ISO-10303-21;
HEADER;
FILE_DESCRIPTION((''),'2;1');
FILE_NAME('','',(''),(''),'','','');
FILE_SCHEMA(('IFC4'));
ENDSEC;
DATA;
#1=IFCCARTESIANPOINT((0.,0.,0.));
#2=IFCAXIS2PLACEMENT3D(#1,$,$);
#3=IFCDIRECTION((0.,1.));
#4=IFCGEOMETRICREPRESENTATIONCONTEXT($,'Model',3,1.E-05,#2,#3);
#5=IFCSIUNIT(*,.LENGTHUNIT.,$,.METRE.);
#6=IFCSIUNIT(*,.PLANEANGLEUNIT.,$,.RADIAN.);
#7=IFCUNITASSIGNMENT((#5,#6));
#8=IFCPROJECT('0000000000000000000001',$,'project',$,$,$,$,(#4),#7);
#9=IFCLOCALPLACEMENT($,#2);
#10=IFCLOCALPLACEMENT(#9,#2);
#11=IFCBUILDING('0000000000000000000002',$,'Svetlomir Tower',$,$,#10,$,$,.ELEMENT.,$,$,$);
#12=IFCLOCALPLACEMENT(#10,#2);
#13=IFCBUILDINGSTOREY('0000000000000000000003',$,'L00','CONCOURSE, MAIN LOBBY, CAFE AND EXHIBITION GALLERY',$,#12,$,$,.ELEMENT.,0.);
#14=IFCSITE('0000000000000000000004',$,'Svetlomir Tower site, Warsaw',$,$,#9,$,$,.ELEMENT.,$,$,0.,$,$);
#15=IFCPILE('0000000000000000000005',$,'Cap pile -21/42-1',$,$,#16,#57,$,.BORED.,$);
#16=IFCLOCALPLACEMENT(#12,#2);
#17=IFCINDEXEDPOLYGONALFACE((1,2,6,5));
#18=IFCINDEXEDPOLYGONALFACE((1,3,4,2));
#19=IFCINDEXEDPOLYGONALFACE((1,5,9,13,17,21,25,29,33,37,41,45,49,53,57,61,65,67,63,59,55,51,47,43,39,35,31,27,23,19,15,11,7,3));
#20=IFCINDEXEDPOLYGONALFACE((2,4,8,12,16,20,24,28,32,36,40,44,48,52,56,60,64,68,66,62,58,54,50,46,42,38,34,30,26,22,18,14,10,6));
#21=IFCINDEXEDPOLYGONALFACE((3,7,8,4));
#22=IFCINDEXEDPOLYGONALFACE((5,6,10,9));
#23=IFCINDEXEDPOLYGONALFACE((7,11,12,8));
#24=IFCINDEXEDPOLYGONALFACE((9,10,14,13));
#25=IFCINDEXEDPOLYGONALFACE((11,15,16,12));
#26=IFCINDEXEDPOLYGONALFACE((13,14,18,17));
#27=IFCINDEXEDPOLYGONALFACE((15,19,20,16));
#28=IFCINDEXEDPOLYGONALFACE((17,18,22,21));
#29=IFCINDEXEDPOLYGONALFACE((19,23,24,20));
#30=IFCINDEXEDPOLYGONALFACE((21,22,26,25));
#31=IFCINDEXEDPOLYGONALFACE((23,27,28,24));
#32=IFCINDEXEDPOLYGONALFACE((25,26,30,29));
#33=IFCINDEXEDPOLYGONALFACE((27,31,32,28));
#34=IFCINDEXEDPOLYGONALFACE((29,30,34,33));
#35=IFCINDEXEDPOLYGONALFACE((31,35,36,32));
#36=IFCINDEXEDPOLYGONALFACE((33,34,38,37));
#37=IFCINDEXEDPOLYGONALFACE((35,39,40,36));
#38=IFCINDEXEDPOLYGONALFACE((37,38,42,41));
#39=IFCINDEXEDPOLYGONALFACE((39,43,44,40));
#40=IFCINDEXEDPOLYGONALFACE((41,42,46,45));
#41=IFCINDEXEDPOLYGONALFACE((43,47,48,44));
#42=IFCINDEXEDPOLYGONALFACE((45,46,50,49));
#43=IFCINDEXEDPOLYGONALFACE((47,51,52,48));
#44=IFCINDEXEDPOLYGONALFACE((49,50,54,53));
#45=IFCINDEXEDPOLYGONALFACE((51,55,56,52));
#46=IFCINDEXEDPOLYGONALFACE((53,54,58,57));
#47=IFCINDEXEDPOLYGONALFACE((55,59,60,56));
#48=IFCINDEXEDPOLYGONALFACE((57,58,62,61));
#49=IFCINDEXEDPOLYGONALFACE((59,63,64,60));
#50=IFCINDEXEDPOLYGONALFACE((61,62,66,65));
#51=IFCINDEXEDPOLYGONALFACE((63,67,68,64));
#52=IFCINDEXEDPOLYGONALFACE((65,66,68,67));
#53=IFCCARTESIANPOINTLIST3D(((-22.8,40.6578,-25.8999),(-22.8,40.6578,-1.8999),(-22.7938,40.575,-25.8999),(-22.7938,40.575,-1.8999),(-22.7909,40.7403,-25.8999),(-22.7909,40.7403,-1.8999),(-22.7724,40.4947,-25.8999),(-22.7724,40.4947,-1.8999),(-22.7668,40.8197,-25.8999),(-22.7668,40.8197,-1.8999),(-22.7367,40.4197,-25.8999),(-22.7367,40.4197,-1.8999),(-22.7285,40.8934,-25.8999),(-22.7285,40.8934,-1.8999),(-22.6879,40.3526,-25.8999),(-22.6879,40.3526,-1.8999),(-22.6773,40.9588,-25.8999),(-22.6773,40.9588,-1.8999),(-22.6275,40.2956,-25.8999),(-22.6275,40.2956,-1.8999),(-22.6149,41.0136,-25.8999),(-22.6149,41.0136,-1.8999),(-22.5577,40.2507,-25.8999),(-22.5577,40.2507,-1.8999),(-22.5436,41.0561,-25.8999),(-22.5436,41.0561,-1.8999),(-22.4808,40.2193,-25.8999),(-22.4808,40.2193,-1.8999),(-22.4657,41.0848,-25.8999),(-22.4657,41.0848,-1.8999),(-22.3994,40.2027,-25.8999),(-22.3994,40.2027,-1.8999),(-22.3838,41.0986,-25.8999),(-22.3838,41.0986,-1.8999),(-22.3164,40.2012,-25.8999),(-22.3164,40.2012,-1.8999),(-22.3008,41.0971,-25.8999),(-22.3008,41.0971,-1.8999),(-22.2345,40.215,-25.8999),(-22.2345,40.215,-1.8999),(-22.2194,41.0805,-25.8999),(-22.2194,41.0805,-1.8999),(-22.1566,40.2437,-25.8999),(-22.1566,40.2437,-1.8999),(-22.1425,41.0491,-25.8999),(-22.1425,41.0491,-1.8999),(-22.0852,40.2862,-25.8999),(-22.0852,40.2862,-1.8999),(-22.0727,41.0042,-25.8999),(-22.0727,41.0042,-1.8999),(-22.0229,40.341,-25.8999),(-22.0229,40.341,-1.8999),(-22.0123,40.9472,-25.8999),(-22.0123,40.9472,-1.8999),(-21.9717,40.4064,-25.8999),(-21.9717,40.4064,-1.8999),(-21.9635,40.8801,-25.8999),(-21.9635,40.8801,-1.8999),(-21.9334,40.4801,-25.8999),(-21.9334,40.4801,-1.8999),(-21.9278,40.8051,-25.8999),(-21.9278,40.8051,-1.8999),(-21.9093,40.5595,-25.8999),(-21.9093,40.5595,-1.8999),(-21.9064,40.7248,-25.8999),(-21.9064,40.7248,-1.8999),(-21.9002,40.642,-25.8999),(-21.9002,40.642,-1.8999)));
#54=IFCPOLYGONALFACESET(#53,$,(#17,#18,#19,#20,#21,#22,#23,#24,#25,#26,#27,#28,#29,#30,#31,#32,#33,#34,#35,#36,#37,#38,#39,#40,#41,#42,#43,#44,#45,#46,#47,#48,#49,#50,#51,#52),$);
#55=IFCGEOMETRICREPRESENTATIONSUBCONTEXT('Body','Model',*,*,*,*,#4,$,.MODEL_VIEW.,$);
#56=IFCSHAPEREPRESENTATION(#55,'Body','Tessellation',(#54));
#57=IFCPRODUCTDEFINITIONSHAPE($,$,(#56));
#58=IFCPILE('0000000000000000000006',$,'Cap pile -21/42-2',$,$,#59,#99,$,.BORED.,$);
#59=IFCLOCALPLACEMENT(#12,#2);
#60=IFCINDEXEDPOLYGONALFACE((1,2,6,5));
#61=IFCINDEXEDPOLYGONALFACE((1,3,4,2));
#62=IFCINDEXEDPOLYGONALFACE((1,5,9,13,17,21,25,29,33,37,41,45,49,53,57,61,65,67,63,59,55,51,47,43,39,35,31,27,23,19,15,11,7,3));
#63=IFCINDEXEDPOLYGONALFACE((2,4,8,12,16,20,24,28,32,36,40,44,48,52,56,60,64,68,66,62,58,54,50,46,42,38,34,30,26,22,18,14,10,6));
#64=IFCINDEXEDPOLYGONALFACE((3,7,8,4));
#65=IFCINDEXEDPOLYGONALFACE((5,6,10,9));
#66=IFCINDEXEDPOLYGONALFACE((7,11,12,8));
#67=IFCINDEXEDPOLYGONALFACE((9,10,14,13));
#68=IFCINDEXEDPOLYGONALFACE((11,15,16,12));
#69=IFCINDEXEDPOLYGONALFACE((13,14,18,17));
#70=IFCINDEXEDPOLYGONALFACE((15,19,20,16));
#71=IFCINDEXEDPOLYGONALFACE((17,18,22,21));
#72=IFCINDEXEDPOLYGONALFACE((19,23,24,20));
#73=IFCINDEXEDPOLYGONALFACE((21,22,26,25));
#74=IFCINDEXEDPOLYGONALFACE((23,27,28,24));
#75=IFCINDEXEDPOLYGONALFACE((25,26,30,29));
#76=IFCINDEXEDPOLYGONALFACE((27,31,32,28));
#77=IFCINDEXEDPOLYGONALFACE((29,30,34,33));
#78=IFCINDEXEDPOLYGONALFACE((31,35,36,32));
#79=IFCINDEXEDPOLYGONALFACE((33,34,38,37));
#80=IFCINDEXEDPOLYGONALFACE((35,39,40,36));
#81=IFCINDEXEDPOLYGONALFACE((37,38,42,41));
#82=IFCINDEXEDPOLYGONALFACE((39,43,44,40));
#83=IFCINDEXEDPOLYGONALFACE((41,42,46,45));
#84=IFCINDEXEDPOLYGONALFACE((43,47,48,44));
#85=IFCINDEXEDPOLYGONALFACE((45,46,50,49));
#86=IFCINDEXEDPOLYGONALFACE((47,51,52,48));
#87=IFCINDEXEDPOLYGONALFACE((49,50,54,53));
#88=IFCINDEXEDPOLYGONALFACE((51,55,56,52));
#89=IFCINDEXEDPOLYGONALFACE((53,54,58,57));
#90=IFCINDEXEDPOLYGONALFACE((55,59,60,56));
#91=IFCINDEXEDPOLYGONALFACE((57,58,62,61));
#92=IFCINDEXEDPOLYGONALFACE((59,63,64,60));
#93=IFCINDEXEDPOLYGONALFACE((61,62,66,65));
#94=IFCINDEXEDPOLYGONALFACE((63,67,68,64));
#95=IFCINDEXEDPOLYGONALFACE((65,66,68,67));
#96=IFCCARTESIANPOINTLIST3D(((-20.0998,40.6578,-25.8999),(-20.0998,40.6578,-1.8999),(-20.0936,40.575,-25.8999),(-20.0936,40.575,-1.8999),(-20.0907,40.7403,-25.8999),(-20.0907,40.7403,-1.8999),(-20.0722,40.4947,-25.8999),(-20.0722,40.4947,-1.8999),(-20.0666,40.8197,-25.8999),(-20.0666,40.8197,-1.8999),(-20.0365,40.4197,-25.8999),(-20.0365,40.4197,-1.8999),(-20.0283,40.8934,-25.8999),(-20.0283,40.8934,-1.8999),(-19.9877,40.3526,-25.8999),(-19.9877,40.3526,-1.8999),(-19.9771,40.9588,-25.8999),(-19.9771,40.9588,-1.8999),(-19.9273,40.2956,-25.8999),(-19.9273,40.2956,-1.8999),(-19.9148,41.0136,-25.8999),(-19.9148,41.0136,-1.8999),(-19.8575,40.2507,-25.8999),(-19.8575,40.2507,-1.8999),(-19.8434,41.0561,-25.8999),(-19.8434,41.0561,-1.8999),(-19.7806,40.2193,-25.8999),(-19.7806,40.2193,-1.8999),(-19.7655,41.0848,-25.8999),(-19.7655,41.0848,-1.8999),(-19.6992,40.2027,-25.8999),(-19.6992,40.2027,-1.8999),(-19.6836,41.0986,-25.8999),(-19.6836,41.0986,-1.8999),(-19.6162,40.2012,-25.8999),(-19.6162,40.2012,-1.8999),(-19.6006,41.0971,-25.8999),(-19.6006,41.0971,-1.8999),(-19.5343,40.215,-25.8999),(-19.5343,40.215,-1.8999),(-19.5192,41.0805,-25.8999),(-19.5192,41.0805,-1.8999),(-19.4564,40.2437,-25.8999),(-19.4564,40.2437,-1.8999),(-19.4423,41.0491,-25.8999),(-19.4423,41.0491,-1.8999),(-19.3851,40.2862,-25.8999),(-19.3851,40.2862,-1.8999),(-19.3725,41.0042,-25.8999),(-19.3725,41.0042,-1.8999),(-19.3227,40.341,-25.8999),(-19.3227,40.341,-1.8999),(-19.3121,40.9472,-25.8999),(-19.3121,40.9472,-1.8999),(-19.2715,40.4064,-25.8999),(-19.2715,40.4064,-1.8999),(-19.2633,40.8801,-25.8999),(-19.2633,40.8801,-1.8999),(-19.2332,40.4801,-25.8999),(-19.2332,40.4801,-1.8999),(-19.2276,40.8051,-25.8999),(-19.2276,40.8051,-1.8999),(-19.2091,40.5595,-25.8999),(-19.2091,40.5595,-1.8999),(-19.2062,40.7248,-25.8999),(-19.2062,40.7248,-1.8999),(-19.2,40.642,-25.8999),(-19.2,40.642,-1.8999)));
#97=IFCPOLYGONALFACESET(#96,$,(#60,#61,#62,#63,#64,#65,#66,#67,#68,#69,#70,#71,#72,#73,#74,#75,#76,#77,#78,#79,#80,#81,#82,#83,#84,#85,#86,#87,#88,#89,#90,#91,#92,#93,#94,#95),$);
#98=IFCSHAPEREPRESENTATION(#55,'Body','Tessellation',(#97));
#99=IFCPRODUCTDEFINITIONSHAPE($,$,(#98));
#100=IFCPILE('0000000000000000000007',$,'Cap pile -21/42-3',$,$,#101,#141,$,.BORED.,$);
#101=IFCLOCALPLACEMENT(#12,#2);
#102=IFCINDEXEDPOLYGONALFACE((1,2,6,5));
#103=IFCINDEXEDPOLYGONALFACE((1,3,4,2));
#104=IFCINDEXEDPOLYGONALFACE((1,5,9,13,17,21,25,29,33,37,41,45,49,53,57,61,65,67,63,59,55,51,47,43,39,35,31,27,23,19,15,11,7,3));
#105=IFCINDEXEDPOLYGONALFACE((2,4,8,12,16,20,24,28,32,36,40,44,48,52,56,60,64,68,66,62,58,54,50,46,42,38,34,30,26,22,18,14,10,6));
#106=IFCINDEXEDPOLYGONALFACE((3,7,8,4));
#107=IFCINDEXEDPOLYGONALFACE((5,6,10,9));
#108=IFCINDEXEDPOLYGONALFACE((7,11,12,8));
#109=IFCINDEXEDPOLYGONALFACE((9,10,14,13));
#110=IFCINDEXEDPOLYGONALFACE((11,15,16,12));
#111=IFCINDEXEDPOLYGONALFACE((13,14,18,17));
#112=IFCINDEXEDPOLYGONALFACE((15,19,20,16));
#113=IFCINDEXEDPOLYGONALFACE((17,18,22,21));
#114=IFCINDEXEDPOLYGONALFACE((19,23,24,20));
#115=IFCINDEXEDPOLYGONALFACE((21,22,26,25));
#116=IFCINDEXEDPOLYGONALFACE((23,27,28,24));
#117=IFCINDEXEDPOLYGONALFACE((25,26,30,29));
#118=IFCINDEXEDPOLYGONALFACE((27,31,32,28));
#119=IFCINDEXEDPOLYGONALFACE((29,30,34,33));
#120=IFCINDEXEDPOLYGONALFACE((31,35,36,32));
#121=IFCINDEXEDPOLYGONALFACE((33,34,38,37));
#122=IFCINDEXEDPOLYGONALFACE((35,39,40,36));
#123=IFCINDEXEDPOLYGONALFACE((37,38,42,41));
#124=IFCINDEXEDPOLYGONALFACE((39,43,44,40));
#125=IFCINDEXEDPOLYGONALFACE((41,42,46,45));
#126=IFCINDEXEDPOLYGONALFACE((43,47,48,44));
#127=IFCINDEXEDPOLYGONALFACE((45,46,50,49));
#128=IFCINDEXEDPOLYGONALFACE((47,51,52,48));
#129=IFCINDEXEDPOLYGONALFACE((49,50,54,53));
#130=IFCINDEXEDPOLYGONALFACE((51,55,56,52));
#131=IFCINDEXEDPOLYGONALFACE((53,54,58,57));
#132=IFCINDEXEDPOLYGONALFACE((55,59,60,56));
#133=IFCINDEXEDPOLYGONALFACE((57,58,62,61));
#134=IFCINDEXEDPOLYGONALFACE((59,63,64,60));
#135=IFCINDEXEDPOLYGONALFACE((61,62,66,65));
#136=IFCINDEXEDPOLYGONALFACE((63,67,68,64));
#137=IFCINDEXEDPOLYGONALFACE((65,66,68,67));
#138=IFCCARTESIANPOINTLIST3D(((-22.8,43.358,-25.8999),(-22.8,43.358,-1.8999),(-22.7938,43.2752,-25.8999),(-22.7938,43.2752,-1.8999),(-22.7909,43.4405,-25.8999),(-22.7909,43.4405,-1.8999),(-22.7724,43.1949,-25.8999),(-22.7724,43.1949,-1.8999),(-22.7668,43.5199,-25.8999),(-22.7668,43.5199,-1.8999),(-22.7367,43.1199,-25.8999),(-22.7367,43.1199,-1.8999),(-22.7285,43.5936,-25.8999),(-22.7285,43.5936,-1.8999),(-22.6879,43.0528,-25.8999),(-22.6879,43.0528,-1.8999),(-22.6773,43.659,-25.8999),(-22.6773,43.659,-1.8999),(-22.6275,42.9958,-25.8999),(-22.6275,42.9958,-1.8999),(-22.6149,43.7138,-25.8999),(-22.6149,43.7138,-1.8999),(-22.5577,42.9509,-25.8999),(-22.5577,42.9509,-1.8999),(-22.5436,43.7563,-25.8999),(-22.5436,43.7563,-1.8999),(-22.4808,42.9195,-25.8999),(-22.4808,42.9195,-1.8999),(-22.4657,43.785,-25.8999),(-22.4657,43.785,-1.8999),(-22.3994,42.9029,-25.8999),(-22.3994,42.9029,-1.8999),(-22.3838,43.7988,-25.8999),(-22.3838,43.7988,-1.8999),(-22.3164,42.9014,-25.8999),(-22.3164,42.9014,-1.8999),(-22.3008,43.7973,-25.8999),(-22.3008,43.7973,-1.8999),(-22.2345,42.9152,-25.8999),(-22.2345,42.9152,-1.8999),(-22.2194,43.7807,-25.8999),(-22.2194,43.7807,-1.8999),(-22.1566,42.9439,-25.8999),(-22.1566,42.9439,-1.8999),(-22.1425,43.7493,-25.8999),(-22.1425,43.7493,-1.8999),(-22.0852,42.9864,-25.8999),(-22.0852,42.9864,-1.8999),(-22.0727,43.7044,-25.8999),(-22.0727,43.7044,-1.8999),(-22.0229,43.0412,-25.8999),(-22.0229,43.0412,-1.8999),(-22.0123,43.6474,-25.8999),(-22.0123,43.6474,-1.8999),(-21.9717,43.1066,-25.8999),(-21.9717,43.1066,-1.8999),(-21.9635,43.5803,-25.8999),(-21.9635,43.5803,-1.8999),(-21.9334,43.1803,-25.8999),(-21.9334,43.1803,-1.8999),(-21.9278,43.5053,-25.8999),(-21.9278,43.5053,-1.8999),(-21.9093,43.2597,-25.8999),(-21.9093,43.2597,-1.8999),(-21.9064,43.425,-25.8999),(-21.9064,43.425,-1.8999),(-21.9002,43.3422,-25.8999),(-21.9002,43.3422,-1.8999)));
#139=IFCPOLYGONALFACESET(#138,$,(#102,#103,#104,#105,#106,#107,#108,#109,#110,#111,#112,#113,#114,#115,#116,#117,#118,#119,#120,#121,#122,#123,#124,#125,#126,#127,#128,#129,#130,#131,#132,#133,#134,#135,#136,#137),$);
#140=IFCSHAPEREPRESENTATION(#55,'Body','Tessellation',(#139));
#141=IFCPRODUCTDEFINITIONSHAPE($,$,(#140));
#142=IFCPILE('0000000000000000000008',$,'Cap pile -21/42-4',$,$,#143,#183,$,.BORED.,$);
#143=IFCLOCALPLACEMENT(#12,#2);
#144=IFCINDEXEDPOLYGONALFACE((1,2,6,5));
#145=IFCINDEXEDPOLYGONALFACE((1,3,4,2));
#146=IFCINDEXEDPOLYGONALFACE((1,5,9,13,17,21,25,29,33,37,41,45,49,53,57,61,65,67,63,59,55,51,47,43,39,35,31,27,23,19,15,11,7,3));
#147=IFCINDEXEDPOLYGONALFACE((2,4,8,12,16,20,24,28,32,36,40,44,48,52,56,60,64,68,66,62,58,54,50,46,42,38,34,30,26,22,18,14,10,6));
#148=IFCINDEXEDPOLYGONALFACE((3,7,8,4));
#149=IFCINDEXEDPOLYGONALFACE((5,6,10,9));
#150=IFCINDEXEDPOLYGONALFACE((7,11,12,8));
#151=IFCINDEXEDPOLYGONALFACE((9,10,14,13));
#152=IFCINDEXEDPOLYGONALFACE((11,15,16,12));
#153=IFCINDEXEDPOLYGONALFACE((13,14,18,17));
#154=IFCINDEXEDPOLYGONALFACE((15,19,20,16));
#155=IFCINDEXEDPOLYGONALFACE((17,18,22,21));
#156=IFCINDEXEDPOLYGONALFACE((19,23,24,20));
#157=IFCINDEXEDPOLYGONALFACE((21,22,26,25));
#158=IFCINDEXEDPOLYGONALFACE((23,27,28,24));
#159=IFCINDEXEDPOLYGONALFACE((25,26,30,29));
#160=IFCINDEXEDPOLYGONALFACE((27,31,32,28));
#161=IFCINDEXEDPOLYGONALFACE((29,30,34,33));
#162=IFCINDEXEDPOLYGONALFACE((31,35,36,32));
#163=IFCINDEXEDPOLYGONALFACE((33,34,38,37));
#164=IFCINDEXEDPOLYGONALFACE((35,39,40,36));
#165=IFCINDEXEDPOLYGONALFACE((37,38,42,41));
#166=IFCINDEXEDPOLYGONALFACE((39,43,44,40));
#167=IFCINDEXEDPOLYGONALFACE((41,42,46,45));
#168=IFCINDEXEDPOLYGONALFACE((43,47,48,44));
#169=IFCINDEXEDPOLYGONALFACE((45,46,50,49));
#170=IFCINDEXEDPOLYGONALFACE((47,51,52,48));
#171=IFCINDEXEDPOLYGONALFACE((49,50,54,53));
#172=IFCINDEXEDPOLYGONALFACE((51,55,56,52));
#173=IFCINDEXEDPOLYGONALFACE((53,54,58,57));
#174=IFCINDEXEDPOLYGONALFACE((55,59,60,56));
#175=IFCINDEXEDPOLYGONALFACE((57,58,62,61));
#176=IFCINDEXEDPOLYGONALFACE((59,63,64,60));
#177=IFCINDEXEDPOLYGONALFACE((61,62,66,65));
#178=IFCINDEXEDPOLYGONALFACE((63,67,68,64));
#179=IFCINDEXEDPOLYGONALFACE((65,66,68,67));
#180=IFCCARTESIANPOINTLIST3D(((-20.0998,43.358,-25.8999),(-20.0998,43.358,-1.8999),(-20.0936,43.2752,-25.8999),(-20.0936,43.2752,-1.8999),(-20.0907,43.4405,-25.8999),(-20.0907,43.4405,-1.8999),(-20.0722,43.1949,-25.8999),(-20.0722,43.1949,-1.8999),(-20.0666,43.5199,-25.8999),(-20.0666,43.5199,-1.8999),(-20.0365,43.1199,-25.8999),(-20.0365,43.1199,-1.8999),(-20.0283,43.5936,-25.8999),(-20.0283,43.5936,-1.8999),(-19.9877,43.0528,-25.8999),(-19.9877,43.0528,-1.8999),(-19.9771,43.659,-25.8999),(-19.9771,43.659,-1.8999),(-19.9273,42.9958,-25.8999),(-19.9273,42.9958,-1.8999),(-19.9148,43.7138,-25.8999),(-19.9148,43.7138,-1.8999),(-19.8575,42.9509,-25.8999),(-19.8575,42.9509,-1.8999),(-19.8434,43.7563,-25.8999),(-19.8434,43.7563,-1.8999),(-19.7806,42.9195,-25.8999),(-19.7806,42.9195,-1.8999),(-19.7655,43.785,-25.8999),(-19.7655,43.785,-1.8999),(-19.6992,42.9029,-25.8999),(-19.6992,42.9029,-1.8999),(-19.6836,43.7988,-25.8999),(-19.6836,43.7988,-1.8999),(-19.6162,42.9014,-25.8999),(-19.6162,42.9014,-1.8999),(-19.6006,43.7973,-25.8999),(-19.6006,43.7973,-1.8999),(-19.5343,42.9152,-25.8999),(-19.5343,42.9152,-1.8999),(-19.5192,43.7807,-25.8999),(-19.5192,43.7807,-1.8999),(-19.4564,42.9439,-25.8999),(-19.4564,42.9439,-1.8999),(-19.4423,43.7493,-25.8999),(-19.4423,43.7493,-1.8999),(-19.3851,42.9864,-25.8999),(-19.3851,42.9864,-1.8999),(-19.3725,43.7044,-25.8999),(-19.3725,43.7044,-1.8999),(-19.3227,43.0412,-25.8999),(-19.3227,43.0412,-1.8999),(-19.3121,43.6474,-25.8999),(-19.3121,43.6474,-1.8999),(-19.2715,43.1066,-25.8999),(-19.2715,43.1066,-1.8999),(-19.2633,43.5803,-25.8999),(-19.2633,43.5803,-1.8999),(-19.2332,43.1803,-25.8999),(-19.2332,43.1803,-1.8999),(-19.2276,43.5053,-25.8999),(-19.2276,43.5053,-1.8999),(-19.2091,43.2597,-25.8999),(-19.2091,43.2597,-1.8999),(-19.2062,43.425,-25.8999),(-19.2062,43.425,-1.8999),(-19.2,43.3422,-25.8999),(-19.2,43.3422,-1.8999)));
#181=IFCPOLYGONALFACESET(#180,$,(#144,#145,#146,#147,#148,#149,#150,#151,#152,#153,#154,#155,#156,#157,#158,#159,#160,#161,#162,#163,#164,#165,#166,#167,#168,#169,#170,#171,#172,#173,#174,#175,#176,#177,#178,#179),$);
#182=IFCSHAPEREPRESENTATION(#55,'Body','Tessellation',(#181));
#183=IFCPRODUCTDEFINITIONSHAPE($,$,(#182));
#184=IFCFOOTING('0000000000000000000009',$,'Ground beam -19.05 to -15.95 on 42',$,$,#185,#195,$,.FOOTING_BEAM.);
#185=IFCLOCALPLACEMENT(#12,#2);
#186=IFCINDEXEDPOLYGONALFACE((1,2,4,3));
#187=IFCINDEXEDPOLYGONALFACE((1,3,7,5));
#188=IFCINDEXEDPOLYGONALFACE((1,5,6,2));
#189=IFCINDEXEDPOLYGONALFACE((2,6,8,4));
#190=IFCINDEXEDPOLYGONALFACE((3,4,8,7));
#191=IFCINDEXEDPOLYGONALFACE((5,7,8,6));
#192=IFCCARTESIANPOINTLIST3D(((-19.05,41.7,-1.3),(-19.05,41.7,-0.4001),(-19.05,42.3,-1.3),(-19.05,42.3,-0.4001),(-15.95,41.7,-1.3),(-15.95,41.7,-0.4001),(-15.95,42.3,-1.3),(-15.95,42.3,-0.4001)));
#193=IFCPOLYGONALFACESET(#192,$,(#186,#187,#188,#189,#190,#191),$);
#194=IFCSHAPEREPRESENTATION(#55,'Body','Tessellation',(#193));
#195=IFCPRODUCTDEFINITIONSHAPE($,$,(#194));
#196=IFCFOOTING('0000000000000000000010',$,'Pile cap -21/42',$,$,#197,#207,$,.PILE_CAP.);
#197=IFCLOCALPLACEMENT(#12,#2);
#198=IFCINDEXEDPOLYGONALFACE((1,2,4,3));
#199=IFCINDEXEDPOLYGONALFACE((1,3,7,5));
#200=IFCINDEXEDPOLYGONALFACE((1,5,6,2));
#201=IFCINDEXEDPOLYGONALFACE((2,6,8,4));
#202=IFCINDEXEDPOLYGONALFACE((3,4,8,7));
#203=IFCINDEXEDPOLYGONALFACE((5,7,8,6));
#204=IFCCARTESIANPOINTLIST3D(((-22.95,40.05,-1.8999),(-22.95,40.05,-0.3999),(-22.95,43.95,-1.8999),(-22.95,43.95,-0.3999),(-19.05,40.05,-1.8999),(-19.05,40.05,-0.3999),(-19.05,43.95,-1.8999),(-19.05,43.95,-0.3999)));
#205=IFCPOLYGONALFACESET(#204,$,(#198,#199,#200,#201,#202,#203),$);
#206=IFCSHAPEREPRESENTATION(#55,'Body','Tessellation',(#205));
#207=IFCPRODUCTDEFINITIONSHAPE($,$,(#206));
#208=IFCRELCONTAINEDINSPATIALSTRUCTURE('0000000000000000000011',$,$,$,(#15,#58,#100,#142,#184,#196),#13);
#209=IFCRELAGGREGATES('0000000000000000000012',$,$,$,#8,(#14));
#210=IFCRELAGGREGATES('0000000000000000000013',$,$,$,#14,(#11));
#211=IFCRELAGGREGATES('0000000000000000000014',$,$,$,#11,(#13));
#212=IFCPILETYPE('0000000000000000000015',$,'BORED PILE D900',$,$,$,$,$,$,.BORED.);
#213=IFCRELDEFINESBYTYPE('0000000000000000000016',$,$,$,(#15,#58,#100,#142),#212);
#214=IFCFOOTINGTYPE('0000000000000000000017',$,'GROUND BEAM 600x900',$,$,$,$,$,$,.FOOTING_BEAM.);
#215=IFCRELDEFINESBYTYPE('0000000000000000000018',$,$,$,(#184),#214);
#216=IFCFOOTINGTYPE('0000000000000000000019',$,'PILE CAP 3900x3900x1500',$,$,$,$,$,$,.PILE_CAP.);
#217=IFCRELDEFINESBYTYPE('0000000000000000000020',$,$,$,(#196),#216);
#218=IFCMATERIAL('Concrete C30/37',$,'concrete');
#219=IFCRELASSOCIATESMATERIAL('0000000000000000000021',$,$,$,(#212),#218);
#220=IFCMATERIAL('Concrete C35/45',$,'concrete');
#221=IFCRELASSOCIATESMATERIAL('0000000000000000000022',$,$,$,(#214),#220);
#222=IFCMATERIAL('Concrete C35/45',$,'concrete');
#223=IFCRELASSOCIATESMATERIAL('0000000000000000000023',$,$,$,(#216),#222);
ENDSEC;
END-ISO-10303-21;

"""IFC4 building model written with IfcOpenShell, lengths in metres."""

from ifc_helpers import new_model, si_unit, direction, frame, frame_2d, origin, origin_2d, place, context, subcontext, project, spatial, rectangle, circle, extrude, material, material_profile, profile_set, type_object, element, save


model = new_model("IFC4")

# Units and contexts
model_context = context("Model", 3, precision=1e-05, world=origin(), true_north=direction((0.0, 1.0)))
body_context = subcontext(model_context, "Body", "Model", "MODEL_VIEW")
ifc_project = project(units=[si_unit("LENGTHUNIT", "METRE"), si_unit("PLANEANGLEUNIT", "RADIAN")], contexts=[model_context])

# Site, building, storey
site_placement = place(None, origin())
site = spatial("IfcSite", under=ifc_project, at=site_placement, Name="Svetlomir Tower site, Warsaw", CompositionType="ELEMENT", RefElevation=0.0)
building_placement = place(site_placement, origin())
building = spatial("IfcBuilding", under=site, at=building_placement, Name="Svetlomir Tower", CompositionType="ELEMENT")
storey_placement = place(building_placement, origin())
storey = spatial("IfcBuildingStorey", under=building, at=storey_placement, Name="L00", Description="CONCOURSE, MAIN LOBBY, CAFE AND EXHIBITION GALLERY", CompositionType="ELEMENT", Elevation=0.0)

# Piles
ifc_material_1 = material(Name="Concrete C30/37", Category="concrete")
ifc_material_profile_1 = material_profile(ifc_material_1, circle(Radius=0.45, at=origin_2d()), Name="RC D900")
ifc_profile_set_1 = profile_set([ifc_material_profile_1], Name="Concrete C30/37")
pile_type = type_object("IfcPileType", Name="BORED PILE D900", PredefinedType="BORED", material=ifc_profile_set_1)
for number, where, z_axis, x_axis, name in (
    (1, (-22.3501, 40.6499, -1.8999), (0.0, 0.0, -1.0), (1.0, 0.0, 0.0), "Cap pile -21/42-1"),
    (2, (-19.6499, 40.6499, -1.8999), (0.0, 0.0, -1.0), (1.0, 0.0, 0.0), "Cap pile -21/42-2"),
    (3, (-22.3501, 43.3501, -1.8999), (0.0, 0.0, -1.0), (1.0, 0.0, 0.0), "Cap pile -21/42-3"),
    (4, (-19.6499, 43.3501, -1.8999), (0.0, 0.0, -1.0), (1.0, 0.0, 0.0), "Cap pile -21/42-4"),
):
    element("IfcPile", number, at=place(storey_placement, frame(where, z_axis=z_axis, x_axis=x_axis)), inside=storey, type_object=pile_type, Name=name, PredefinedType="BORED", context=body_context, shape_type="SweptSolid", body=[
        extrude(circle(Radius=0.45, at=frame_2d((0.0, 0.0), x_axis=(0.999848, 0.017452))), origin(), (0.0, 0.0, 1.0), 24.0),
    ])

# Footings
ifc_material_2 = material(Name="Concrete C35/45", Category="concrete")
footing_type_1 = type_object("IfcFootingType", Name="GROUND BEAM 600x900", PredefinedType="FOOTING_BEAM", material=ifc_material_2)
footing_1_placement = place(storey_placement, frame((-17.5, 42.0, -1.3), z_axis=(0.0, 0.0, 1.0), x_axis=(1.0, 0.0, 0.0)))
element("IfcFooting", 5, at=footing_1_placement, inside=storey, type_object=footing_type_1, Name="Ground beam -19.05 to -15.95 on 42", PredefinedType="FOOTING_BEAM", context=body_context, shape_type="SweptSolid", body=[
    extrude(rectangle(XDim=3.1001, YDim=0.6001, at=origin_2d()), origin(), (0.0, 0.0, 1.0), 0.8999),
])
ifc_material_3 = material(Name="Concrete C35/45", Category="concrete")
footing_type_2 = type_object("IfcFootingType", Name="PILE CAP 3900x3900x1500", PredefinedType="PILE_CAP", material=ifc_material_3)
footing_2_placement = place(storey_placement, frame((-21.0, 42.0, -1.8999), z_axis=(0.0, 0.0, 1.0), x_axis=(1.0, 0.0, 0.0)))
element("IfcFooting", 6, at=footing_2_placement, inside=storey, type_object=footing_type_2, Name="Pile cap -21/42", PredefinedType="PILE_CAP", context=body_context, shape_type="SweptSolid", body=[
    extrude(rectangle(XDim=3.8999, YDim=3.8999, at=origin_2d()), origin(), (0.0, 0.0, 1.0), 1.5),
])

save(model, "model.ifc")
